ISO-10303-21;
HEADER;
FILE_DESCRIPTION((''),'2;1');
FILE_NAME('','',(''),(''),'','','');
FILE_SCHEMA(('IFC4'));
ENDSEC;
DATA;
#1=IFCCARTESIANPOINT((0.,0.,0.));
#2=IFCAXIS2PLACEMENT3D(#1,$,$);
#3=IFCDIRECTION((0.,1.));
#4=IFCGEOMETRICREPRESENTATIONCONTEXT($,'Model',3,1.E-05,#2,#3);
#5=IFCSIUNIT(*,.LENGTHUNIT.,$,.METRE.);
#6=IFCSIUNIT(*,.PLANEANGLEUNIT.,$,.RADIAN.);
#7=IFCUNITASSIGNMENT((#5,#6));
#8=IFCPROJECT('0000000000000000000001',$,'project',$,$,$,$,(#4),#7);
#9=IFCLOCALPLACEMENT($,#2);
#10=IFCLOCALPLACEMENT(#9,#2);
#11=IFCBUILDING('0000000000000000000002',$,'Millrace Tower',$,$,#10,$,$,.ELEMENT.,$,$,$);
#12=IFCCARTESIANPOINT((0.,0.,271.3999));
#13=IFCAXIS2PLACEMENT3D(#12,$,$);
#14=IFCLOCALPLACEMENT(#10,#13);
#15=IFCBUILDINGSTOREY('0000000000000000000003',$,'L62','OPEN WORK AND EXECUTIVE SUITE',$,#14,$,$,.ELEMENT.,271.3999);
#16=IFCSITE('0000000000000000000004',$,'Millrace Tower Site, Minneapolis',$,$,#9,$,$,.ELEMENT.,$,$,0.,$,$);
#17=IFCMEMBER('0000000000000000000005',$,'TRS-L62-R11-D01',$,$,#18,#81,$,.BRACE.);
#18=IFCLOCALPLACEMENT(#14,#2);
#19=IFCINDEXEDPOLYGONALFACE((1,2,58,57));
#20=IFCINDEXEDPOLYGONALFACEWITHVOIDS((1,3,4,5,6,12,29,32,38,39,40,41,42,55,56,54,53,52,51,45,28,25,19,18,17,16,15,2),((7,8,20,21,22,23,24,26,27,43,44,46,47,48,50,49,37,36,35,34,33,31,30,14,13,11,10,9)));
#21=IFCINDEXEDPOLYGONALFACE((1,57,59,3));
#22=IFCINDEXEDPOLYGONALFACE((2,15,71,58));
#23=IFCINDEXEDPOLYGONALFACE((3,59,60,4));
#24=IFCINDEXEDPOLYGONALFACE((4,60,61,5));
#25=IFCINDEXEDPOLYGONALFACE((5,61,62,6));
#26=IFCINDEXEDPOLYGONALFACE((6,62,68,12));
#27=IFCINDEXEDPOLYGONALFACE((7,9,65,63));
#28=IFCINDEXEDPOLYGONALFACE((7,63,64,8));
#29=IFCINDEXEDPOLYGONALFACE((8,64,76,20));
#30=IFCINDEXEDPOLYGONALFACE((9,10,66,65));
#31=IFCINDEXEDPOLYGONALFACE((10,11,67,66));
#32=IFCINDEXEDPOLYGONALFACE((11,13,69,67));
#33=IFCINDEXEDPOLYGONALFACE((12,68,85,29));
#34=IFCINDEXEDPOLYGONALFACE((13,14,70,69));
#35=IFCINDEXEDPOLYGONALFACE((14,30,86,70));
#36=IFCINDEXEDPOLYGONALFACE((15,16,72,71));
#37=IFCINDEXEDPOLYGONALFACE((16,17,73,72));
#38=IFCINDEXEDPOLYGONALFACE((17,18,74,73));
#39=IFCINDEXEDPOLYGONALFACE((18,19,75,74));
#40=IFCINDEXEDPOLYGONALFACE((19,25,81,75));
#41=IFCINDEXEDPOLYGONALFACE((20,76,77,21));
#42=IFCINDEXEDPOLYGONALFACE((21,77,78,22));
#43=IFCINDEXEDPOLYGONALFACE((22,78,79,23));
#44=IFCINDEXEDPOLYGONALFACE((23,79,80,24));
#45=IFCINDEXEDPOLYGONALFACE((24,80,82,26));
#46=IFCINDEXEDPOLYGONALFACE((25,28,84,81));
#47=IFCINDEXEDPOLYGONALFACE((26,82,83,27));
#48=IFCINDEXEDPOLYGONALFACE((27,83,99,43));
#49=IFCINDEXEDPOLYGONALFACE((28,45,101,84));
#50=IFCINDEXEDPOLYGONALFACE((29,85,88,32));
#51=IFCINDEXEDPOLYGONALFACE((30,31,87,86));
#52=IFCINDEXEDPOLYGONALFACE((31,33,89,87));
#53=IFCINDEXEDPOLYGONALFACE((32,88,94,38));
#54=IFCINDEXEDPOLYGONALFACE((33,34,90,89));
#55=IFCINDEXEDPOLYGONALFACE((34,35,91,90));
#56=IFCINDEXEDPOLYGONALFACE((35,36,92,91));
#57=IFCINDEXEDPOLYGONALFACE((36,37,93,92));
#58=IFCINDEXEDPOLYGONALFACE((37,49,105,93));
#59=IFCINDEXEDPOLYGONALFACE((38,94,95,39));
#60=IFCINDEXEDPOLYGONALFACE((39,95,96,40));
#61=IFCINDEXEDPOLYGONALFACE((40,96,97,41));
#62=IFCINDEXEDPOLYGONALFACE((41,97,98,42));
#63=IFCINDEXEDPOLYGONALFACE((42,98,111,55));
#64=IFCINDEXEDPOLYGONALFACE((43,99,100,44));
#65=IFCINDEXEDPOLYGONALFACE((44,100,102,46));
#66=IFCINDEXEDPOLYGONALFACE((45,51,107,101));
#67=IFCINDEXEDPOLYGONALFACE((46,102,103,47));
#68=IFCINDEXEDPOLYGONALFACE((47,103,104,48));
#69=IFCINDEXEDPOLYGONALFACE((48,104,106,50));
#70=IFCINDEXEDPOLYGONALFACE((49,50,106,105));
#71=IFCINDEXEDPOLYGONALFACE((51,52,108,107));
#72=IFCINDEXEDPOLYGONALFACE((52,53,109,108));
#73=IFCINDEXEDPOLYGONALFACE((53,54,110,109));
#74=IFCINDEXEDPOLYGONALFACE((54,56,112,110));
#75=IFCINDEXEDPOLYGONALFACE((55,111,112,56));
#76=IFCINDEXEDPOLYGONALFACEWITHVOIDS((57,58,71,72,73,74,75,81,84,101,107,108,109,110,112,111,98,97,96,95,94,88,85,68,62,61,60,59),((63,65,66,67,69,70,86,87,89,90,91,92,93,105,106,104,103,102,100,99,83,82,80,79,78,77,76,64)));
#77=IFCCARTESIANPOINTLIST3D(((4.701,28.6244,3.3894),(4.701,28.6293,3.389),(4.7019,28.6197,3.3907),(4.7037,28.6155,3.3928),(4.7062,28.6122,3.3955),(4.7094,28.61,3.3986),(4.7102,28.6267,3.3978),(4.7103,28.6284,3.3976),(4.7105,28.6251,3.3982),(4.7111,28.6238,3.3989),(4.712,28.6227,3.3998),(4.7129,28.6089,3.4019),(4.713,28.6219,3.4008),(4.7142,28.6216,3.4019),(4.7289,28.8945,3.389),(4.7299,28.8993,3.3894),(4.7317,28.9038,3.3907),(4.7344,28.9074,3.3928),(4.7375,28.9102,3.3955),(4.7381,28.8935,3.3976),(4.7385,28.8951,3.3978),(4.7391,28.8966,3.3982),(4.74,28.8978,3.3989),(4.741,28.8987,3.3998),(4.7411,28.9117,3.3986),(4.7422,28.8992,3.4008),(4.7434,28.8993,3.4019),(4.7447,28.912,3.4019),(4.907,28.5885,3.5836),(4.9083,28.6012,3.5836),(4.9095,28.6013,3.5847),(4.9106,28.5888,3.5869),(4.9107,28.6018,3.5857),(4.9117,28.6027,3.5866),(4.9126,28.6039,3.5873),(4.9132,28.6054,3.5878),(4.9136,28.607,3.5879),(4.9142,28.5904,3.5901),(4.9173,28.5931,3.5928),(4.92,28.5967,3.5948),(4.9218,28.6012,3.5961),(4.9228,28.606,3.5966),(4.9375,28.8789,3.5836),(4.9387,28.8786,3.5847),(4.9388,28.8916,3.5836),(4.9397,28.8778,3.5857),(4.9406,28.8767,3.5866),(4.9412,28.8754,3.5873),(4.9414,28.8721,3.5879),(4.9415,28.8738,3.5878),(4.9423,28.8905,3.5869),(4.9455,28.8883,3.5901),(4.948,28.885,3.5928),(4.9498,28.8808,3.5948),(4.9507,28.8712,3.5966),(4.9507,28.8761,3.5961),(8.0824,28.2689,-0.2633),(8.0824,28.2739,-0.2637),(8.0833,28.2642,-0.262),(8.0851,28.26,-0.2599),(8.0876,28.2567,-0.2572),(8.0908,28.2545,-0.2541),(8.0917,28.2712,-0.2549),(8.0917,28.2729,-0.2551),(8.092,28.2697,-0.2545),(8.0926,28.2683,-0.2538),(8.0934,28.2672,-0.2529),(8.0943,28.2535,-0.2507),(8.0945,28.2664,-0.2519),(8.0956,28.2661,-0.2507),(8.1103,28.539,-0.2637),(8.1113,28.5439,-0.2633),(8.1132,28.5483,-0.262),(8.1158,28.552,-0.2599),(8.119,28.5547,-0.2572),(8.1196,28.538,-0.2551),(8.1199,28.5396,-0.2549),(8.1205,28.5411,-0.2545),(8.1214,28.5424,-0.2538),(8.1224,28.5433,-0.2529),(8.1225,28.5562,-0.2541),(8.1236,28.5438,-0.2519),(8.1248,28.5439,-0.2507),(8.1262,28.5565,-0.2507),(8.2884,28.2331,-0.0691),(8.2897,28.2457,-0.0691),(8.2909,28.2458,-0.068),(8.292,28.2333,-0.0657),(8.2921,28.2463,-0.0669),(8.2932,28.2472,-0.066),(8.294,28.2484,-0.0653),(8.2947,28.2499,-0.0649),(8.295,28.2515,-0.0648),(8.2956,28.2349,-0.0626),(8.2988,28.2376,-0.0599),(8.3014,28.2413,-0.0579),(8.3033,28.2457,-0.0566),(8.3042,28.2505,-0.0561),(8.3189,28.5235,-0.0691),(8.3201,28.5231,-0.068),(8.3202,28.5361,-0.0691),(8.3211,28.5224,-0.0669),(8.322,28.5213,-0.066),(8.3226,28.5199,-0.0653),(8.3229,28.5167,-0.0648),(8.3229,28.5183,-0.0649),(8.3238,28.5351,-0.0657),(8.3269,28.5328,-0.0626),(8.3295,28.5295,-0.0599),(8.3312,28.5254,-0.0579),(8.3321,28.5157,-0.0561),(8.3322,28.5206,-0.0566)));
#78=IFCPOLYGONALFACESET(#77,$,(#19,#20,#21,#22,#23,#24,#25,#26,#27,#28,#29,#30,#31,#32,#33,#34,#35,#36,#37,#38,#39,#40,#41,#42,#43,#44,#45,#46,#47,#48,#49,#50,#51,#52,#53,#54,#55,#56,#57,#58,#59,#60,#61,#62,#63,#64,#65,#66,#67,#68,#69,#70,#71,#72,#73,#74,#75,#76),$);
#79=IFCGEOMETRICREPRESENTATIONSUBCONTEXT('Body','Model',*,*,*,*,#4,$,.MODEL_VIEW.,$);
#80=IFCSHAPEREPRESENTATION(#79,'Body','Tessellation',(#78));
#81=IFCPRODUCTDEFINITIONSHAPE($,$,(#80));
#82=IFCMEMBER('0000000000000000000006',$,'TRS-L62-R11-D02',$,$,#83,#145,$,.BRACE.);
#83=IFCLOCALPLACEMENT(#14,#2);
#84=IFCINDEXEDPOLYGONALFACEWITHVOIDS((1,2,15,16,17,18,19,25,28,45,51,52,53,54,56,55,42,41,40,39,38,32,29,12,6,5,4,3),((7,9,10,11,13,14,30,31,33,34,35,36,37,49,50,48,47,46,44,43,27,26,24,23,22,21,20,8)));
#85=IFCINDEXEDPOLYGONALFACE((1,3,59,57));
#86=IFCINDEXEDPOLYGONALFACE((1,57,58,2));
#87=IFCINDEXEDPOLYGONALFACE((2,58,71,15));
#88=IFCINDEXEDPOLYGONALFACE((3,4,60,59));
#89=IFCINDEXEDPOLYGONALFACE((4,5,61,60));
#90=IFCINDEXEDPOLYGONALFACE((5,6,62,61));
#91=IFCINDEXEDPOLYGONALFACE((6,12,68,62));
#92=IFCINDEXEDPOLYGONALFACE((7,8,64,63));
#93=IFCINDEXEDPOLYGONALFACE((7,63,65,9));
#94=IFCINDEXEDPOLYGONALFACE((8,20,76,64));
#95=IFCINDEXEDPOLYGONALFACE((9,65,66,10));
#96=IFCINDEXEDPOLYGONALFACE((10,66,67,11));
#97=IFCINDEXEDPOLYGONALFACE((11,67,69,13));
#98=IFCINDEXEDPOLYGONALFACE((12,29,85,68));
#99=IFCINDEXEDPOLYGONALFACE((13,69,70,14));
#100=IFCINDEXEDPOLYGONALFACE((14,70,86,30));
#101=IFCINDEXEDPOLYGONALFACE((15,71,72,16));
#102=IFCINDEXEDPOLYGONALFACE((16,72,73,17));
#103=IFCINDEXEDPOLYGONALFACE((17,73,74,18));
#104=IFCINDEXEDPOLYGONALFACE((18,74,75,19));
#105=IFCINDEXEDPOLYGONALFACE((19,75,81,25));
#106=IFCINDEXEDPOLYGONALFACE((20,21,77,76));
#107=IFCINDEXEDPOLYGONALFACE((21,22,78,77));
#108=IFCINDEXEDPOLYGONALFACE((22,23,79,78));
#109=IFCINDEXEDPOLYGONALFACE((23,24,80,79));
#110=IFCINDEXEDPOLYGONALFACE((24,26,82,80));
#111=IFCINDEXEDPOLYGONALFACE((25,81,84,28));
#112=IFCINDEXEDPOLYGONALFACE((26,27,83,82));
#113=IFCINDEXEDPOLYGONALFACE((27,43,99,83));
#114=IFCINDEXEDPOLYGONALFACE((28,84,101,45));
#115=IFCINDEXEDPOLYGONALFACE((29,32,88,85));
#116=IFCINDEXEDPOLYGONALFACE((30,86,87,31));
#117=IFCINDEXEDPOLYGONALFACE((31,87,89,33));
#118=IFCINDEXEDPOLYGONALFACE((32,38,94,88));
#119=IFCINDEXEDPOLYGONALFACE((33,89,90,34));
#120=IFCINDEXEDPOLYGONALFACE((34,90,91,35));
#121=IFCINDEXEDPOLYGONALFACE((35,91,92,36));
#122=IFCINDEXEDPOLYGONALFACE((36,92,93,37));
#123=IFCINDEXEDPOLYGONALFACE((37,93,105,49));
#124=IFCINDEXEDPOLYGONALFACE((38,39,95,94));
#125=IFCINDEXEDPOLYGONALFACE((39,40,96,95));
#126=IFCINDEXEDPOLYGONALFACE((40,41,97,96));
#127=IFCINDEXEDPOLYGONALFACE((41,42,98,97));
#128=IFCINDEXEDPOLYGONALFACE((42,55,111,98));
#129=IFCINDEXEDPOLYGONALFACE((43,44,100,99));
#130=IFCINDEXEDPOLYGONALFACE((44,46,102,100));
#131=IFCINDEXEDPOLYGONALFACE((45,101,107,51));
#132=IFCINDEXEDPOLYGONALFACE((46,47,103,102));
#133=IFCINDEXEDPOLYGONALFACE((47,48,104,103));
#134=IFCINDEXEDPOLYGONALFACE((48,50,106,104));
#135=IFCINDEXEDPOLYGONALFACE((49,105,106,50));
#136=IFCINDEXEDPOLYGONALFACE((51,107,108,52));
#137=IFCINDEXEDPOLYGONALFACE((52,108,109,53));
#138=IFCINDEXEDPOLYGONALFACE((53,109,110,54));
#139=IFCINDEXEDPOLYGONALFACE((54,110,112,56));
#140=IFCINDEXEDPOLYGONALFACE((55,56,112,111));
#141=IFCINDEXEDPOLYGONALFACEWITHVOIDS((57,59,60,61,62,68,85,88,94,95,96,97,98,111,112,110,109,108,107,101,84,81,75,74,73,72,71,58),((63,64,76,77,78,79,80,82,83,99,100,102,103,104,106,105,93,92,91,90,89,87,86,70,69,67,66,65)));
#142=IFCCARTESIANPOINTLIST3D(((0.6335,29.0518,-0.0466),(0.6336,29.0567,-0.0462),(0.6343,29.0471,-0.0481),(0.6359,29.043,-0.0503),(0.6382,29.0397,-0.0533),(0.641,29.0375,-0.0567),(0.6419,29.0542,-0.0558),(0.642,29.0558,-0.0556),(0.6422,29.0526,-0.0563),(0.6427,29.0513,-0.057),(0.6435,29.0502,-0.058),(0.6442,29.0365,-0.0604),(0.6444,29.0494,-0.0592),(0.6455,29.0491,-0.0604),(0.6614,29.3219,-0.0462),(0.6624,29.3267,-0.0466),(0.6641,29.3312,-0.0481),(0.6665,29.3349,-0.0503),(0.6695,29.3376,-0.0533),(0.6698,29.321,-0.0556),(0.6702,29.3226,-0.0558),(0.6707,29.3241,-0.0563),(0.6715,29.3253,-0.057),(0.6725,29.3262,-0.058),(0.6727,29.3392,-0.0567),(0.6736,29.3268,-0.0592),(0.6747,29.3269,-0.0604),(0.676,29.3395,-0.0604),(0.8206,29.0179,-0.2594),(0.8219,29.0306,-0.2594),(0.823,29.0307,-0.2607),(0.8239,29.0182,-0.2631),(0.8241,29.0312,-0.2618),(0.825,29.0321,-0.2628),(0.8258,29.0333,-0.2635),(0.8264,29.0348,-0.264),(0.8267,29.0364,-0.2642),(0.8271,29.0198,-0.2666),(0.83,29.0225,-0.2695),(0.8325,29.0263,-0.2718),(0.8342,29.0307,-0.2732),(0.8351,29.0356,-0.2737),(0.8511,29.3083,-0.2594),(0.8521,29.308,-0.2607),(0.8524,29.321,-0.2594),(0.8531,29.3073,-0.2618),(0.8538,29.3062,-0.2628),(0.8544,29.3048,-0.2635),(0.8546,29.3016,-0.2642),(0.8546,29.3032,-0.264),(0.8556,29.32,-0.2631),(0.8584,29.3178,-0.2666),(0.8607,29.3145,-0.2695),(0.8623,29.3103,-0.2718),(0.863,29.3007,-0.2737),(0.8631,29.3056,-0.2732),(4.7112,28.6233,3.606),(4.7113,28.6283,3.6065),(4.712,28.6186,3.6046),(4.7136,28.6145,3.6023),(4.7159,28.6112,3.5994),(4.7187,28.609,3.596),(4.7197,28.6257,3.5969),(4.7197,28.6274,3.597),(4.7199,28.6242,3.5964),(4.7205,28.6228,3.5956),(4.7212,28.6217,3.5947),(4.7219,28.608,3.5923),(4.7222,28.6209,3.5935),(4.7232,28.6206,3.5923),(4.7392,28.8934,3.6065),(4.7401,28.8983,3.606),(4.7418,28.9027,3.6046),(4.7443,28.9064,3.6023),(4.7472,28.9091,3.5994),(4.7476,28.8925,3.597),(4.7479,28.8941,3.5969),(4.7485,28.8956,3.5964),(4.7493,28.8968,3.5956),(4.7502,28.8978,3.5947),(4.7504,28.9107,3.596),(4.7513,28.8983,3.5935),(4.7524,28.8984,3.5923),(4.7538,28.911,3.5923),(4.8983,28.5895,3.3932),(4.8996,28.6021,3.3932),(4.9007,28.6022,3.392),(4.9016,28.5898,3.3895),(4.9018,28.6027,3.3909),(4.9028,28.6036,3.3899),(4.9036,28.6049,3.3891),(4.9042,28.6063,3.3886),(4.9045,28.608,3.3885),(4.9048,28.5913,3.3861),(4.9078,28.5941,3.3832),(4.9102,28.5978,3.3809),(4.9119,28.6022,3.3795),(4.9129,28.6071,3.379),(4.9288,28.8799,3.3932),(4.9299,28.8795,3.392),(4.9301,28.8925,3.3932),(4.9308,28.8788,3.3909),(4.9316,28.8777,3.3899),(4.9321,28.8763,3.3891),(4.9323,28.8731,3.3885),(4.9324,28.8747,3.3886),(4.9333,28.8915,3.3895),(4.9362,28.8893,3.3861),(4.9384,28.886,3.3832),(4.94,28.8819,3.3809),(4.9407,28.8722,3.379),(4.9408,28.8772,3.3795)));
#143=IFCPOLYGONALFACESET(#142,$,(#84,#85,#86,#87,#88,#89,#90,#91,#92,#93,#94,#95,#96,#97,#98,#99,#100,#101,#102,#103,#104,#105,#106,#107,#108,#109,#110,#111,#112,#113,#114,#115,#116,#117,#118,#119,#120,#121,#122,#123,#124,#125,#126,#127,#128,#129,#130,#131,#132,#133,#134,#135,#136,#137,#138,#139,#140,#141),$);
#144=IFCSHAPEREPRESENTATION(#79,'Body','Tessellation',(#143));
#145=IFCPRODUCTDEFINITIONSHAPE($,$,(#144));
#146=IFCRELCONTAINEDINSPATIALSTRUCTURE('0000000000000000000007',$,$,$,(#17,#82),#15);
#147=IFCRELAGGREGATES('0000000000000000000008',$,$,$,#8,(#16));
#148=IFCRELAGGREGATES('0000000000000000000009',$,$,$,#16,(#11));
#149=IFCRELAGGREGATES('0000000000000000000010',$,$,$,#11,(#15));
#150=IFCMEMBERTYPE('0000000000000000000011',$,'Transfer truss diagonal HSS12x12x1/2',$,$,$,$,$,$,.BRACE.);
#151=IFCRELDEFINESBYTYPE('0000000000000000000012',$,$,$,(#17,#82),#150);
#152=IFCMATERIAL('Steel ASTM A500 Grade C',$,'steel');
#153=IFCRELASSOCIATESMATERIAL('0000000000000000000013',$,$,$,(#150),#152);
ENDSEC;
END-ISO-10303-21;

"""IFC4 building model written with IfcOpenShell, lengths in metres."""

from ifc_helpers import new_model, si_unit, direction, frame, origin, origin_2d, place, context, subcontext, project, spatial, hollow_rectangle, extrude, material, material_profile, profile_set, type_object, element, save


model = new_model("IFC4")

# Units and contexts
model_context = context("Model", 3, precision=1e-05, world=origin(), true_north=direction((0.0, 1.0)))
body_context = subcontext(model_context, "Body", "Model", "MODEL_VIEW")
ifc_project = project(units=[si_unit("LENGTHUNIT", "METRE"), si_unit("PLANEANGLEUNIT", "RADIAN")], contexts=[model_context])

# Site, building, storey
site_placement = place(None, origin())
site = spatial("IfcSite", under=ifc_project, at=site_placement, Name="Millrace Tower Site, Minneapolis", CompositionType="ELEMENT", RefElevation=0.0)
building_placement = place(site_placement, origin())
building = spatial("IfcBuilding", under=site, at=building_placement, Name="Millrace Tower", CompositionType="ELEMENT")
storey_placement = place(building_placement, frame((0.0, 0.0, 271.3999)))
storey = spatial("IfcBuildingStorey", under=building, at=storey_placement, Name="L62", Description="OPEN WORK AND EXECUTIVE SUITE", CompositionType="ELEMENT", Elevation=271.3999)

# Members
ifc_material_1 = material(Name="Steel ASTM A500 Grade C", Category="steel")
ifc_material_profile_1 = material_profile(ifc_material_1, hollow_rectangle(XDim=0.3047, YDim=0.3047, WallThickness=0.0127, InnerFilletRadius=0.0063, OuterFilletRadius=0.019, at=origin_2d()))
ifc_profile_set_1 = profile_set([ifc_material_profile_1], Name="Steel ASTM A500 Grade C")
member_type_1 = type_object("IfcMemberType", Name="Transfer truss diagonal HSS12x12x1/2", PredefinedType="BRACE", material=ifc_profile_set_1)
member_1_placement = place(storey_placement, frame((8.2073, 28.3948, -0.1599), z_axis=(-0.677609, 0.071235, 0.731964), x_axis=(-0.10455, -0.99452, 0.0)))
element("IfcMember", 1, at=member_1_placement, inside=storey, type_object=member_type_1, Name="TRS-L62-R11-D01", PredefinedType="BRACE", context=body_context, shape_type="SweptSolid", body=[
    extrude(hollow_rectangle(XDim=0.3047, YDim=0.3047, WallThickness=0.0127, InnerFilletRadius=0.0063, OuterFilletRadius=0.019, at=origin_2d()), origin(), (0.0, 0.0, 1.0), 4.9902),
])
member_2_placement = place(storey_placement, frame((0.7483, 29.1787, -0.1599), z_axis=(0.742591, -0.078029, 0.665184), x_axis=(0.104502, 0.994525, 0.0)))
element("IfcMember", 2, at=member_2_placement, inside=storey, type_object=member_type_1, Name="TRS-L62-R11-D02", PredefinedType="BRACE", context=body_context, shape_type="SweptSolid", body=[
    extrude(hollow_rectangle(XDim=0.3047, YDim=0.3047, WallThickness=0.0127, InnerFilletRadius=0.0063, OuterFilletRadius=0.019, at=origin_2d()), origin(), (0.0, 0.0, 1.0), 5.4912),
])

save(model, "model.ifc")
